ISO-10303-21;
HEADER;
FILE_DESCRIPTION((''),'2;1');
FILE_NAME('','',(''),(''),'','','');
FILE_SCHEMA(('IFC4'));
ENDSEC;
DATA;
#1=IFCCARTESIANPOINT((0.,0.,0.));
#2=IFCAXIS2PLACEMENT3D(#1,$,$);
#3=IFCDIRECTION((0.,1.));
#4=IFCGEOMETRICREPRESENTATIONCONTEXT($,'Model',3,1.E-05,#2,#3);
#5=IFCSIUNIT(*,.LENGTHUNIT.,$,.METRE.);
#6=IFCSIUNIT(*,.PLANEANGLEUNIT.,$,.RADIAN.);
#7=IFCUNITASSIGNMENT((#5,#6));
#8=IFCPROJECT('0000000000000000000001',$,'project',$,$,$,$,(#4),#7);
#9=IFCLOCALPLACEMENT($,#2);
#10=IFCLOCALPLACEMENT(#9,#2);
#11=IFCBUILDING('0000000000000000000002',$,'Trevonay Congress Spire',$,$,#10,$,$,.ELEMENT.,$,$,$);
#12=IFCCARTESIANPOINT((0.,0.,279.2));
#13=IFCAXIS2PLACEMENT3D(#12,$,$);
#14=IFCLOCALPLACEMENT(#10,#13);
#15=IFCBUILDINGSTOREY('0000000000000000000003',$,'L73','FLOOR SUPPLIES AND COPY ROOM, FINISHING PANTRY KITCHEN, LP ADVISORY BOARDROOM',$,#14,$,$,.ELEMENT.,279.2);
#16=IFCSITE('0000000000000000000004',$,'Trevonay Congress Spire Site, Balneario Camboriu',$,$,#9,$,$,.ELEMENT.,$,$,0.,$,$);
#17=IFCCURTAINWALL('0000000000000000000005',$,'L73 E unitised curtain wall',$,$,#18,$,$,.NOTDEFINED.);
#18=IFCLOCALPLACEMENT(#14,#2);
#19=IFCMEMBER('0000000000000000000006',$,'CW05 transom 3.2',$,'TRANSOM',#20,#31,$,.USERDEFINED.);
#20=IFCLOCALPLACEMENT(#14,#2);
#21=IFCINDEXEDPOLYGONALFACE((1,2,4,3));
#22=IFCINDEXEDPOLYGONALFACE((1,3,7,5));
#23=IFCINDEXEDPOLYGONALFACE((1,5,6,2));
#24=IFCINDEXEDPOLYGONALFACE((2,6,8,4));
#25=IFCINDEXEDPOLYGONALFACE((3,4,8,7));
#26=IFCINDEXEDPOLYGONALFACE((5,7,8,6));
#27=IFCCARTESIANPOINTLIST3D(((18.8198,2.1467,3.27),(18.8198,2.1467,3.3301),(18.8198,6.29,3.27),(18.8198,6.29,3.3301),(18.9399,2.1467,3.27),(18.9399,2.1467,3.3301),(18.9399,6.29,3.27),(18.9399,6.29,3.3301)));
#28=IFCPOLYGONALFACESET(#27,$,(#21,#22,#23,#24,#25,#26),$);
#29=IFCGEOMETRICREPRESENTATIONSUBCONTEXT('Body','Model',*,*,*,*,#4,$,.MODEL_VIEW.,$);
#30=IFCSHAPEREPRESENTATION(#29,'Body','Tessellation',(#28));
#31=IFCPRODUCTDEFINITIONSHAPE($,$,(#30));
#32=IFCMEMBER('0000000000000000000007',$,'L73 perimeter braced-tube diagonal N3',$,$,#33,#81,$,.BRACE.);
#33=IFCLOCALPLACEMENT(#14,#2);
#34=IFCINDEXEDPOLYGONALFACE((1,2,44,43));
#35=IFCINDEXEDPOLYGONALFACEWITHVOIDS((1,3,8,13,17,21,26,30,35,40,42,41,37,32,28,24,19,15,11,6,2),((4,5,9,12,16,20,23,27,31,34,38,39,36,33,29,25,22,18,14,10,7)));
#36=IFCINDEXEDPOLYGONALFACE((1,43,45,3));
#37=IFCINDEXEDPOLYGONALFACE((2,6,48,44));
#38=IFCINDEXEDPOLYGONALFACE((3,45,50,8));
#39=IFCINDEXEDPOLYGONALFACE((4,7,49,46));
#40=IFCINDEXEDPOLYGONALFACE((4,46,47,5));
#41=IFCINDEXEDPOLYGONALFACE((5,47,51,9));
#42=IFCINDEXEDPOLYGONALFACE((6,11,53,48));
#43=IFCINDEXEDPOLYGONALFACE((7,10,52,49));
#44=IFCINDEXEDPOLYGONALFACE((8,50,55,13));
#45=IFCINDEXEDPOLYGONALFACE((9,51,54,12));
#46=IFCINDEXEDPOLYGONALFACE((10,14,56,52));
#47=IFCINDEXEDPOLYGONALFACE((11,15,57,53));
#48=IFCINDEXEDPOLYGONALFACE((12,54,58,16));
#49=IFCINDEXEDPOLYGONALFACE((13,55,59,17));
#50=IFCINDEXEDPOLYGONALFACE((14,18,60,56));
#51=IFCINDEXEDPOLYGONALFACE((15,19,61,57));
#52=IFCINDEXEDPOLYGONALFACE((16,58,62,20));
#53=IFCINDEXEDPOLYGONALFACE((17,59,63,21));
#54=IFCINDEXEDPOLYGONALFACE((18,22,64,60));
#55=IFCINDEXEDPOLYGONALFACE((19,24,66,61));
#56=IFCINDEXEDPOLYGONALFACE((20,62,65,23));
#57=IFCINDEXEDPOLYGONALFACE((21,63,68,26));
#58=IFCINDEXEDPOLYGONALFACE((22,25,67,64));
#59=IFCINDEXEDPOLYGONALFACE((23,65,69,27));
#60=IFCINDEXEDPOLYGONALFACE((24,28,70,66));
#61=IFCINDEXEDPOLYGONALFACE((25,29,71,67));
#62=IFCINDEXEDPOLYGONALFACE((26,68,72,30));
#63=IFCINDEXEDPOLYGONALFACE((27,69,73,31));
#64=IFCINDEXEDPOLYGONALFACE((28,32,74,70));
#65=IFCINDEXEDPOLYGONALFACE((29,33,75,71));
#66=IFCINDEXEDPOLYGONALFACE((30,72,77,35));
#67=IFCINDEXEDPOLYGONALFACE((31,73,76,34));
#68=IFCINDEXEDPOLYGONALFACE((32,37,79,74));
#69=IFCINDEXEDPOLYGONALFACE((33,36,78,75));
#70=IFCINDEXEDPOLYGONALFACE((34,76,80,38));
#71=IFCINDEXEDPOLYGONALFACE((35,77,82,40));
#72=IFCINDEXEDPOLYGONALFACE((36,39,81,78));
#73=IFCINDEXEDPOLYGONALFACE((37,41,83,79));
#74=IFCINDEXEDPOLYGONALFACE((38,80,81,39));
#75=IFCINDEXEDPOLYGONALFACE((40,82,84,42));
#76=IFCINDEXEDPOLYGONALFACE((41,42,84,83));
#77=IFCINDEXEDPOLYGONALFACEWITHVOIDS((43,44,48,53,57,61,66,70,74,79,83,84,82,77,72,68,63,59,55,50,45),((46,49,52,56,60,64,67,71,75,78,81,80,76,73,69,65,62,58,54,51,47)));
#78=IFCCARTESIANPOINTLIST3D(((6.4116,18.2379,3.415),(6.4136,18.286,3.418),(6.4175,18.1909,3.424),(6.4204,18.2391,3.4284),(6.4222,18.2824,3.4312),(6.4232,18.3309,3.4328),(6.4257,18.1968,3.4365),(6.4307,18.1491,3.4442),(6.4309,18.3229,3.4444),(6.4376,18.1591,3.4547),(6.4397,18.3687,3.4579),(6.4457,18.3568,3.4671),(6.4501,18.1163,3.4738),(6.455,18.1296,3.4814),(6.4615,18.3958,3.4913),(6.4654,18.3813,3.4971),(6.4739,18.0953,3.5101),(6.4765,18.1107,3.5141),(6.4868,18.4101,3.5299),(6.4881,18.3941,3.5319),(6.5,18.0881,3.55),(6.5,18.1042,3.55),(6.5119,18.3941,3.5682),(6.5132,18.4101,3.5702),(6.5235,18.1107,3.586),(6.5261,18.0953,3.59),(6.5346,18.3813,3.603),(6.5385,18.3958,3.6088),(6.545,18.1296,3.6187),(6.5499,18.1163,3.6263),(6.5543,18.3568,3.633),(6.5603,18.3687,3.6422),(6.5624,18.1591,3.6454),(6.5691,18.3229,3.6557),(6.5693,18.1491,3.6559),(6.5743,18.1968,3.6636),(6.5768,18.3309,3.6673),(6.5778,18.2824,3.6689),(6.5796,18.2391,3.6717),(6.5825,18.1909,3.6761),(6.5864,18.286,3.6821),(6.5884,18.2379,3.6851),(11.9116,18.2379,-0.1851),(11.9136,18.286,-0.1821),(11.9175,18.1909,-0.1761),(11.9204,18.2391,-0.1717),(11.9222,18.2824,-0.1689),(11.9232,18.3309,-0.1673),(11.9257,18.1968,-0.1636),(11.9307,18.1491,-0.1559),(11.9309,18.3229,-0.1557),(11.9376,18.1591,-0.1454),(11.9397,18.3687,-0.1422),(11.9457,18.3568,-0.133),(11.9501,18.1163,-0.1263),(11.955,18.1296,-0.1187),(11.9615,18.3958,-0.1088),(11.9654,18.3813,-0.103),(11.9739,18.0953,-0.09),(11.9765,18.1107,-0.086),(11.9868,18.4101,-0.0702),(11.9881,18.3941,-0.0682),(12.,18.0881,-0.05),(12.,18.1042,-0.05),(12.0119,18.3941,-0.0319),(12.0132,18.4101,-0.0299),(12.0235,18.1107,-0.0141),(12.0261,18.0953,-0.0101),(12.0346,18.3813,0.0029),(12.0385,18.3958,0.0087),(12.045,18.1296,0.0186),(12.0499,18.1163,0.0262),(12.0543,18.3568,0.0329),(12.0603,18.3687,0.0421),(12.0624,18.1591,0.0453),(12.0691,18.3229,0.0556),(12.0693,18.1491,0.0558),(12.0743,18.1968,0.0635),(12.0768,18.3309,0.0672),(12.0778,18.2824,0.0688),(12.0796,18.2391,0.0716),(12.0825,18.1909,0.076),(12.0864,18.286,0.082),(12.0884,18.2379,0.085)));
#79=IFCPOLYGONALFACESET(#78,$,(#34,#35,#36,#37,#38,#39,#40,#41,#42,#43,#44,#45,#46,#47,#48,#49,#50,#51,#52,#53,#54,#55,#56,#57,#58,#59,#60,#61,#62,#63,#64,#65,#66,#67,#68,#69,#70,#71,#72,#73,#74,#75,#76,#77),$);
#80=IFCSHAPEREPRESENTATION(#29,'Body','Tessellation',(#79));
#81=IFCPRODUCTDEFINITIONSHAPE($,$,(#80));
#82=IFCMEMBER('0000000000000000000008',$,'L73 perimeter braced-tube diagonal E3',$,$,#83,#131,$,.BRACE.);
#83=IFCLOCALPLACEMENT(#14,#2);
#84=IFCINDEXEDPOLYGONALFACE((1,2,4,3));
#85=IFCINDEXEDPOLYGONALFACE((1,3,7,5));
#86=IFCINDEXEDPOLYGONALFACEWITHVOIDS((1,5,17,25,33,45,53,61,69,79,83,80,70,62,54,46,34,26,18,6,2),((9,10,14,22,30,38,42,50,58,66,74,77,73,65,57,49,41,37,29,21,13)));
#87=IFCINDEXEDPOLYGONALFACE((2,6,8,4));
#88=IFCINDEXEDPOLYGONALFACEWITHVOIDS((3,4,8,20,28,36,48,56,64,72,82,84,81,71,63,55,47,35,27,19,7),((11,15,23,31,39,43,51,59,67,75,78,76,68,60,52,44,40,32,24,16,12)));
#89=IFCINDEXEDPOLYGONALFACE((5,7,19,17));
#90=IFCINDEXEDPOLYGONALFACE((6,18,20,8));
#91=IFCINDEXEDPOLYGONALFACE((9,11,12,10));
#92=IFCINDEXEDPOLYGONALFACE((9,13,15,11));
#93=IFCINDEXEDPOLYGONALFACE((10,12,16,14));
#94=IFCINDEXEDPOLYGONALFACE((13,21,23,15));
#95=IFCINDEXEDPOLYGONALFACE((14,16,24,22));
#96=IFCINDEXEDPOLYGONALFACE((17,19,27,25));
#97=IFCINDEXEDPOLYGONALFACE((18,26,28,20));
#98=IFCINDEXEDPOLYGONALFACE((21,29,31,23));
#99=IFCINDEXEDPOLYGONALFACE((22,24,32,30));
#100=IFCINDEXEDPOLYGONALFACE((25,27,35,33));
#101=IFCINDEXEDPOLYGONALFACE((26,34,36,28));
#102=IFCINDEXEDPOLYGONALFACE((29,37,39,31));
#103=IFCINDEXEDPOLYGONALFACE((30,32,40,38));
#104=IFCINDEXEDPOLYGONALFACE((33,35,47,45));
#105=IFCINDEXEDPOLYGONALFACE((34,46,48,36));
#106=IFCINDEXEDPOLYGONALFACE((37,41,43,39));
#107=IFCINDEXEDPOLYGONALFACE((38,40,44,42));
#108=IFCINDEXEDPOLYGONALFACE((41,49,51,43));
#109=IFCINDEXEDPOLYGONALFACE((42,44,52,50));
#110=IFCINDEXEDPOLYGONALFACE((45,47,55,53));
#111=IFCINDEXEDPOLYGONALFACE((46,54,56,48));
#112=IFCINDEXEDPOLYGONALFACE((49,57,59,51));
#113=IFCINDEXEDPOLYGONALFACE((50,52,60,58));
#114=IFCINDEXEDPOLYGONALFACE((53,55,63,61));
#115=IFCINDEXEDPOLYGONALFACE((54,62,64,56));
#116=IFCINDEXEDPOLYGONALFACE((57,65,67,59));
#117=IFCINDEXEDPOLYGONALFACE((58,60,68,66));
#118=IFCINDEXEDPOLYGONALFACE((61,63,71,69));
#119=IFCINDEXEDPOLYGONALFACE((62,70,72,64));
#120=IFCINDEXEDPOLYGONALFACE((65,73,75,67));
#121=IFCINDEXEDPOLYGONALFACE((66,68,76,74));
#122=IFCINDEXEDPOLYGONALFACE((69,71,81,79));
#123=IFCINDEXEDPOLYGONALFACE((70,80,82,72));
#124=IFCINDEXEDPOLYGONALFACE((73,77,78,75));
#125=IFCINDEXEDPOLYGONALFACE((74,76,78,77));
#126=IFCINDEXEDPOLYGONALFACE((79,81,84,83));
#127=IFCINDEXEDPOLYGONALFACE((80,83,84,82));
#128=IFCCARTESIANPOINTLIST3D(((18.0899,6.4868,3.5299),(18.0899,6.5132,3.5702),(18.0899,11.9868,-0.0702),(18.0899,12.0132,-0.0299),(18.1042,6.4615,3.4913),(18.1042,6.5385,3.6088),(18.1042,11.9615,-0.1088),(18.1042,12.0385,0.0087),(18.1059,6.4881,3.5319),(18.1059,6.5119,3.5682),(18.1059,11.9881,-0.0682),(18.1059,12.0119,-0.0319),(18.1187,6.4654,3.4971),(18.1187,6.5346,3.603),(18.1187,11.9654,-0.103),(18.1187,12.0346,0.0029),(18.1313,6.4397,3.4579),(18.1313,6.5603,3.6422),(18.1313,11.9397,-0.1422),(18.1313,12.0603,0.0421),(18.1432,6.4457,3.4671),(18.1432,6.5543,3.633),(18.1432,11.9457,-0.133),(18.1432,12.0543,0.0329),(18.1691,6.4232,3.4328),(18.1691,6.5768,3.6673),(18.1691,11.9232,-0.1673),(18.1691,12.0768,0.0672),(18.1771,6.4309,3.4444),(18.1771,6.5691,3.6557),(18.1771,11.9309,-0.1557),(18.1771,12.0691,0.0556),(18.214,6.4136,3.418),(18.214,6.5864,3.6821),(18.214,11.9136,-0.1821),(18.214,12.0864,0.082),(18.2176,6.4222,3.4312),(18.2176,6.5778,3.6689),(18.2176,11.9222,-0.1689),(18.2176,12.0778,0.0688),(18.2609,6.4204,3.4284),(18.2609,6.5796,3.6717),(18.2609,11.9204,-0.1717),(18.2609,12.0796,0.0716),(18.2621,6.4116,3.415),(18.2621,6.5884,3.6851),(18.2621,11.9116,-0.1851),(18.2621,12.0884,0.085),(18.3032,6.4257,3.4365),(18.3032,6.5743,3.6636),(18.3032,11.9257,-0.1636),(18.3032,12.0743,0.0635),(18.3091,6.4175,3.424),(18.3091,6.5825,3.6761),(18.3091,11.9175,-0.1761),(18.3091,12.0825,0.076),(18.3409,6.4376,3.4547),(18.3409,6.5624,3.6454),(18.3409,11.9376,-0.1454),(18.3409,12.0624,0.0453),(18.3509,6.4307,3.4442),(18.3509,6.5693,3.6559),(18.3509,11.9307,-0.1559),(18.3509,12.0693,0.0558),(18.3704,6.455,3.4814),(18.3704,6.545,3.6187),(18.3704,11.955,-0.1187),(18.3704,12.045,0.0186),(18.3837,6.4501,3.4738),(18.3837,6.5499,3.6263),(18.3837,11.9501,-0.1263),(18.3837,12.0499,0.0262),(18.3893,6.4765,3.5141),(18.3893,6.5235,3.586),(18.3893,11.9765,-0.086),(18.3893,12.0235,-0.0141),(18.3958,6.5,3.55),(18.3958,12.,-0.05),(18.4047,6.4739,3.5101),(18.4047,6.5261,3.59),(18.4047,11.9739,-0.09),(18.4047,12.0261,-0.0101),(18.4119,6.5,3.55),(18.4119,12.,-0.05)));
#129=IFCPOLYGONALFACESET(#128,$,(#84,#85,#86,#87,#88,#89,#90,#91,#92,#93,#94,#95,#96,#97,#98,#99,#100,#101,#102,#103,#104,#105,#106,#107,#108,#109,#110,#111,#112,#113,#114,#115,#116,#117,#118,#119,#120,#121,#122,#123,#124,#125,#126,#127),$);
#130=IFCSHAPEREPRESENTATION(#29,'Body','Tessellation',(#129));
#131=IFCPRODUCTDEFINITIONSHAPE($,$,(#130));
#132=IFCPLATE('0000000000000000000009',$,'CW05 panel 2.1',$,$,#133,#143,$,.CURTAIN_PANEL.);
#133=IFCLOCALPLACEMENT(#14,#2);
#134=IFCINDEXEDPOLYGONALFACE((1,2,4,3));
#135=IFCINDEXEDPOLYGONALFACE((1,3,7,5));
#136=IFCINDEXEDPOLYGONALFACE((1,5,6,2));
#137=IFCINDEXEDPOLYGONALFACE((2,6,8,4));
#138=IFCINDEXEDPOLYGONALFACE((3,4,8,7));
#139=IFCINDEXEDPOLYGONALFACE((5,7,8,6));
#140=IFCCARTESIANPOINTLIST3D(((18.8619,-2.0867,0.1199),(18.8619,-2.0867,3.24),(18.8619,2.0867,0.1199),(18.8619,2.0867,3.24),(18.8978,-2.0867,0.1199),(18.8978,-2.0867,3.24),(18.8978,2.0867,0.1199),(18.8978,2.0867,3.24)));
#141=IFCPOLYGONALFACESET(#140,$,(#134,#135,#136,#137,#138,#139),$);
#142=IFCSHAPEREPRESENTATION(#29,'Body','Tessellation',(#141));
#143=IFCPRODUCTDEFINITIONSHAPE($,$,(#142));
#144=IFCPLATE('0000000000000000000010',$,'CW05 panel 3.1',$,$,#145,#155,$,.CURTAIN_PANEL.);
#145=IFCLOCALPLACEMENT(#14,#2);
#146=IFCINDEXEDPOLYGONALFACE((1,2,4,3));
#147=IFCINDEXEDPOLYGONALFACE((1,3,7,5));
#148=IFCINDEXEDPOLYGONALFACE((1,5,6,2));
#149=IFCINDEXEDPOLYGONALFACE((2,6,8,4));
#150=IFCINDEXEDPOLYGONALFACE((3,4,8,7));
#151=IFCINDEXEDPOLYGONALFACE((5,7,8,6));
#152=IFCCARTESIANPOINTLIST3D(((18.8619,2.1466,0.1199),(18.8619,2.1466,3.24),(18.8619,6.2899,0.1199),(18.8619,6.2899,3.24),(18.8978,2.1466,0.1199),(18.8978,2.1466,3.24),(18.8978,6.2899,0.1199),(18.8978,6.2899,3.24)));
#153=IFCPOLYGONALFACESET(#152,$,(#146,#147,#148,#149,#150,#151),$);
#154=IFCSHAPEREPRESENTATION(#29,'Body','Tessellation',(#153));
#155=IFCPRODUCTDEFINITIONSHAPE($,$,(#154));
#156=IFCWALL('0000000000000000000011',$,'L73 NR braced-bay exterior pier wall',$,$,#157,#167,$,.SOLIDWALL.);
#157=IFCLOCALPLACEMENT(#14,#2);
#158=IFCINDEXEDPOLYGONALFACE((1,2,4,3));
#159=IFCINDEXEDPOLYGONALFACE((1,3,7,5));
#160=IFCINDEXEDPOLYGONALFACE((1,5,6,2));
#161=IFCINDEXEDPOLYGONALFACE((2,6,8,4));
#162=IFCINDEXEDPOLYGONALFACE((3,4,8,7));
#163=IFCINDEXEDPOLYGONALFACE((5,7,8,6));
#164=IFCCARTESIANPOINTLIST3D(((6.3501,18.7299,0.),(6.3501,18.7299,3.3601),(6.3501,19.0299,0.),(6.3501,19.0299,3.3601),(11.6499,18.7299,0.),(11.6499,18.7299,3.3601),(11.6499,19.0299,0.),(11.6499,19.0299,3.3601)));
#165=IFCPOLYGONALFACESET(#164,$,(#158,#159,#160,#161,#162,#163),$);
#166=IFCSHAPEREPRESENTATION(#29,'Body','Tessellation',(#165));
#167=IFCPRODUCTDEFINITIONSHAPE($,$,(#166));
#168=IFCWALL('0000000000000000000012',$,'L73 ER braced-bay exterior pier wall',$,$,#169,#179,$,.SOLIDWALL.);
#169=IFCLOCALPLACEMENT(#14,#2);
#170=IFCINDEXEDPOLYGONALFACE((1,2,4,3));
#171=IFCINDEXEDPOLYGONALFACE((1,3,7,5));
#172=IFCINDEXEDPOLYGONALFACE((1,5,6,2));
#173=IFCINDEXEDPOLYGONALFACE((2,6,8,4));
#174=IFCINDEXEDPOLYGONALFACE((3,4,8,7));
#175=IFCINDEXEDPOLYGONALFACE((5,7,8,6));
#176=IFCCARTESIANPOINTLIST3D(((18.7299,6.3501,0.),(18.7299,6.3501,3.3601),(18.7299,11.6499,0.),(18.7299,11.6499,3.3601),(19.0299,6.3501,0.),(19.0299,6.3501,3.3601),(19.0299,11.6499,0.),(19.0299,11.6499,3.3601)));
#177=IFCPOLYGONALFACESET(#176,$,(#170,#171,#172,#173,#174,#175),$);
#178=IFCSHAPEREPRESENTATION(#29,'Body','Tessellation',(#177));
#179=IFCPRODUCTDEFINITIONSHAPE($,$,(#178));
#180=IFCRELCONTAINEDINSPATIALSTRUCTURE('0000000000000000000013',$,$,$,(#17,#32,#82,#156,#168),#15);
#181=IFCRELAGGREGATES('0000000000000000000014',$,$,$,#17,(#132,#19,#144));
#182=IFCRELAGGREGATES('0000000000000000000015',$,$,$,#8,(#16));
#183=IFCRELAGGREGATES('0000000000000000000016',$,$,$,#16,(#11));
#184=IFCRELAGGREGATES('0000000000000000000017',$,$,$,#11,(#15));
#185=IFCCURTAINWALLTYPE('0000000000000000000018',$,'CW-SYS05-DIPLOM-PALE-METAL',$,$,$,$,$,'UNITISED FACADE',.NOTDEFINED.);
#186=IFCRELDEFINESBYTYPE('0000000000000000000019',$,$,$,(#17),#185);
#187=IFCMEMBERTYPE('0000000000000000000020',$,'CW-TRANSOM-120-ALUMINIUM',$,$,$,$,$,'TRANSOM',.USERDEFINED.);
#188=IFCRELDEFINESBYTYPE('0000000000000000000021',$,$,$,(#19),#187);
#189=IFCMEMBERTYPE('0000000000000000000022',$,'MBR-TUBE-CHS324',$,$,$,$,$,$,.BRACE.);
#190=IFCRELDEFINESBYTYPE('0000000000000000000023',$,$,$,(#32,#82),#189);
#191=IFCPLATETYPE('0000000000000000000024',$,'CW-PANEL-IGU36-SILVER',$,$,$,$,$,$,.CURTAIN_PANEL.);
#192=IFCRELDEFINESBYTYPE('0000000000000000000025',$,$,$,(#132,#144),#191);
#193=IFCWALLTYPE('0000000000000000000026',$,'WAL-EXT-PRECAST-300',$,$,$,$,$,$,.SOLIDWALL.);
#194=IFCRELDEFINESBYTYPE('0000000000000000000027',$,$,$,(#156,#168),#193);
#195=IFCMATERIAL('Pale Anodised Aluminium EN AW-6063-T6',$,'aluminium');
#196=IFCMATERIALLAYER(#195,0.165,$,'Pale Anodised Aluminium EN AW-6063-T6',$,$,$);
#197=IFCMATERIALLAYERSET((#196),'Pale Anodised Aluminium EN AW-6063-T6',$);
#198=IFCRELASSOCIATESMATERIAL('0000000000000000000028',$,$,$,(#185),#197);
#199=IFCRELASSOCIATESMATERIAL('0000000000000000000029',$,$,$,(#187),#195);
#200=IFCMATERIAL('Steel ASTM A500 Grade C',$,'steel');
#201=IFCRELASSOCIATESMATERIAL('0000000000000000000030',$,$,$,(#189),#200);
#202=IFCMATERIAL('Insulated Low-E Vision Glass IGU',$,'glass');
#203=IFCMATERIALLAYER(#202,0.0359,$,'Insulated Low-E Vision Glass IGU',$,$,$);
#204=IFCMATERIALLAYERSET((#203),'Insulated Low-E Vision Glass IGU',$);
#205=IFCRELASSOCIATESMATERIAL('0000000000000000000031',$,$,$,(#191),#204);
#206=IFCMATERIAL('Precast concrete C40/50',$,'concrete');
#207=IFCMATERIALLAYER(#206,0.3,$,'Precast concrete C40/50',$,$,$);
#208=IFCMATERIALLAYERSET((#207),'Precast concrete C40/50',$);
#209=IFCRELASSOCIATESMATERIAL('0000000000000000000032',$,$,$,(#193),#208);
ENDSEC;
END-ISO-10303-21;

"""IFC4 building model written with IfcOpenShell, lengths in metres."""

from ifc_helpers import new_model, si_unit, direction, frame, frame_2d, origin, origin_2d, place, context, subcontext, project, spatial, rectangle, hollow_circle, extrude, material, layer, layer_set, material_profile, profile_set, type_object, element, aggregate, save


model = new_model("IFC4")

# Units and contexts
model_context = context("Model", 3, precision=1e-05, world=origin(), true_north=direction((0.0, 1.0)))
body_context = subcontext(model_context, "Body", "Model", "MODEL_VIEW")
ifc_project = project(units=[si_unit("LENGTHUNIT", "METRE"), si_unit("PLANEANGLEUNIT", "RADIAN")], contexts=[model_context])

# Site, building, storey
site_placement = place(None, origin())
site = spatial("IfcSite", under=ifc_project, at=site_placement, Name="Trevonay Congress Spire Site, Balneario Camboriu", CompositionType="ELEMENT", RefElevation=0.0)
building_placement = place(site_placement, origin())
building = spatial("IfcBuilding", under=site, at=building_placement, Name="Trevonay Congress Spire", CompositionType="ELEMENT")
storey_placement = place(building_placement, frame((0.0, 0.0, 279.2)))
storey = spatial("IfcBuildingStorey", under=building, at=storey_placement, Name="L73", Description="FLOOR SUPPLIES AND COPY ROOM, FINISHING PANTRY KITCHEN, LP ADVISORY BOARDROOM", CompositionType="ELEMENT", Elevation=279.2)

# Shared definitions
ifc_material_1 = material(Name="Pale Anodised Aluminium EN AW-6063-T6", Category="aluminium")
ifc_layer_1 = layer(ifc_material_1, 0.165, Name="Pale Anodised Aluminium EN AW-6063-T6")
ifc_layer_set_1 = layer_set([ifc_layer_1], Name="Pale Anodised Aluminium EN AW-6063-T6")
curtain_wall_type = type_object("IfcCurtainWallType", Name="CW-SYS05-DIPLOM-PALE-METAL", ElementType="UNITISED FACADE", PredefinedType="NOTDEFINED", material=ifc_layer_set_1)

# Curtain wall, member
curtain_wall_1_placement = place(storey_placement, origin())
curtain_wall_1 = element("IfcCurtainWall", 1, at=curtain_wall_1_placement, inside=storey, type_object=curtain_wall_type, Name="L73 E unitised curtain wall", PredefinedType="NOTDEFINED")
ifc_material_profile_1 = material_profile(ifc_material_1, rectangle(XDim=0.1201, YDim=0.0601, at=origin_2d()), Name="CW-TRANSOM-120-ALUMINIUM")
ifc_profile_set_1 = profile_set([ifc_material_profile_1], Name="Pale Anodised Aluminium EN AW-6063-T6")
member_type_1 = type_object("IfcMemberType", Name="CW-TRANSOM-120-ALUMINIUM", ElementType="TRANSOM", PredefinedType="USERDEFINED", material=ifc_profile_set_1)
member_1_placement = place(storey_placement, frame((18.8799, 2.1467, 3.3), z_axis=(0.0, 1.0, 0.0), x_axis=(-1.0, 0.0, 0.0)))
member_1 = element("IfcMember", 2, at=member_1_placement, type_object=member_type_1, Name="CW05 transom 3.2", ObjectType="TRANSOM", PredefinedType="USERDEFINED", context=body_context, shape_type="SweptSolid", body=[
    extrude(rectangle(XDim=0.1201, YDim=0.0601, at=origin_2d()), origin(), (0.0, 0.0, 1.0), 4.1433),
])

# Members
ifc_material_2 = material(Name="Steel ASTM A500 Grade C", Category="steel")
ifc_material_profile_2 = material_profile(ifc_material_2, hollow_circle(Radius=0.1619, WallThickness=0.0161, at=origin_2d()), Name="CHS 323.9x16")
ifc_profile_set_2 = profile_set([ifc_material_profile_2], Name="Steel ASTM A500 Grade C")
member_type_2 = type_object("IfcMemberType", Name="MBR-TUBE-CHS324", PredefinedType="BRACE", material=ifc_profile_set_2)
for number, where, z_axis, x_axis, name in (
    (3, (12.0, 18.25, -0.05), (-0.836695, 0.0, 0.54767), (0.0, -1.0, 0.0), "L73 perimeter braced-tube diagonal N3"),
    (4, (18.25, 12.0, -0.05), (0.0, -0.836695, 0.54767), (1.0, 0.0, 0.0), "L73 perimeter braced-tube diagonal E3"),
):
    element("IfcMember", number, at=place(storey_placement, frame(where, z_axis=z_axis, x_axis=x_axis)), inside=storey, type_object=member_type_2, Name=name, PredefinedType="BRACE", context=body_context, shape_type="SweptSolid", body=[
        extrude(hollow_circle(Radius=0.1619, WallThickness=0.0161, at=origin_2d()), origin(), (0.0, 0.0, 1.0), 6.5735),
    ])

# Plates
ifc_material_3 = material(Name="Insulated Low-E Vision Glass IGU", Category="glass")
ifc_layer_2 = layer(ifc_material_3, 0.0359, Name="Insulated Low-E Vision Glass IGU")
ifc_layer_set_2 = layer_set([ifc_layer_2], Name="Insulated Low-E Vision Glass IGU")
plate_type = type_object("IfcPlateType", Name="CW-PANEL-IGU36-SILVER", PredefinedType="CURTAIN_PANEL", material=ifc_layer_set_2)
plate_1_placement = place(storey_placement, frame((18.8799, 0.0, 0.1199), z_axis=(0.0, 0.0, 1.0), x_axis=(0.0, 1.0, 0.0)))
plate_1 = element("IfcPlate", 5, at=plate_1_placement, type_object=plate_type, Name="CW05 panel 2.1", PredefinedType="CURTAIN_PANEL", context=body_context, shape_type="SweptSolid", body=[
    extrude(rectangle(XDim=4.1733, YDim=0.0359, at=origin_2d()), origin(), (0.0, 0.0, 1.0), 3.1201),
])
plate_2_placement = place(storey_placement, frame((18.8799, 4.2183, 0.1199), z_axis=(0.0, 0.0, 1.0), x_axis=(0.0, 1.0, 0.0)))
plate_2 = element("IfcPlate", 6, at=plate_2_placement, type_object=plate_type, Name="CW05 panel 3.1", PredefinedType="CURTAIN_PANEL", context=body_context, shape_type="SweptSolid", body=[
    extrude(rectangle(XDim=4.1433, YDim=0.0359, at=origin_2d()), origin(), (0.0, 0.0, 1.0), 3.1201),
])
aggregate(curtain_wall_1, [plate_1, member_1, plate_2])

# Walls
ifc_material_4 = material(Name="Precast concrete C40/50", Category="concrete")
ifc_layer_3 = layer(ifc_material_4, 0.3, Name="Precast concrete C40/50")
ifc_layer_set_3 = layer_set([ifc_layer_3], Name="Precast concrete C40/50")
wall_type_1 = type_object("IfcWallType", Name="WAL-EXT-PRECAST-300", PredefinedType="SOLIDWALL", material=ifc_layer_set_3)
for number, where, z_axis, x_axis, name in (
    (7, (6.3501, 18.8799, 0.0), (0.0, 0.0, 1.0), (1.0, 0.0, 0.0), "L73 NR braced-bay exterior pier wall"),
    (8, (18.8799, 6.3501, 0.0), (0.0, 0.0, 1.0), (0.0, 1.0, 0.0), "L73 ER braced-bay exterior pier wall"),
):
    element("IfcWall", number, at=place(storey_placement, frame(where, z_axis=z_axis, x_axis=x_axis)), inside=storey, type_object=wall_type_1, Name=name, PredefinedType="SOLIDWALL", context=body_context, shape_type="SweptSolid", body=[
        extrude(rectangle(XDim=5.2998, YDim=0.3, at=frame_2d((2.6499, 0.0))), origin(), (0.0, 0.0, 1.0), 3.3601),
    ])

save(model, "model.ifc")
